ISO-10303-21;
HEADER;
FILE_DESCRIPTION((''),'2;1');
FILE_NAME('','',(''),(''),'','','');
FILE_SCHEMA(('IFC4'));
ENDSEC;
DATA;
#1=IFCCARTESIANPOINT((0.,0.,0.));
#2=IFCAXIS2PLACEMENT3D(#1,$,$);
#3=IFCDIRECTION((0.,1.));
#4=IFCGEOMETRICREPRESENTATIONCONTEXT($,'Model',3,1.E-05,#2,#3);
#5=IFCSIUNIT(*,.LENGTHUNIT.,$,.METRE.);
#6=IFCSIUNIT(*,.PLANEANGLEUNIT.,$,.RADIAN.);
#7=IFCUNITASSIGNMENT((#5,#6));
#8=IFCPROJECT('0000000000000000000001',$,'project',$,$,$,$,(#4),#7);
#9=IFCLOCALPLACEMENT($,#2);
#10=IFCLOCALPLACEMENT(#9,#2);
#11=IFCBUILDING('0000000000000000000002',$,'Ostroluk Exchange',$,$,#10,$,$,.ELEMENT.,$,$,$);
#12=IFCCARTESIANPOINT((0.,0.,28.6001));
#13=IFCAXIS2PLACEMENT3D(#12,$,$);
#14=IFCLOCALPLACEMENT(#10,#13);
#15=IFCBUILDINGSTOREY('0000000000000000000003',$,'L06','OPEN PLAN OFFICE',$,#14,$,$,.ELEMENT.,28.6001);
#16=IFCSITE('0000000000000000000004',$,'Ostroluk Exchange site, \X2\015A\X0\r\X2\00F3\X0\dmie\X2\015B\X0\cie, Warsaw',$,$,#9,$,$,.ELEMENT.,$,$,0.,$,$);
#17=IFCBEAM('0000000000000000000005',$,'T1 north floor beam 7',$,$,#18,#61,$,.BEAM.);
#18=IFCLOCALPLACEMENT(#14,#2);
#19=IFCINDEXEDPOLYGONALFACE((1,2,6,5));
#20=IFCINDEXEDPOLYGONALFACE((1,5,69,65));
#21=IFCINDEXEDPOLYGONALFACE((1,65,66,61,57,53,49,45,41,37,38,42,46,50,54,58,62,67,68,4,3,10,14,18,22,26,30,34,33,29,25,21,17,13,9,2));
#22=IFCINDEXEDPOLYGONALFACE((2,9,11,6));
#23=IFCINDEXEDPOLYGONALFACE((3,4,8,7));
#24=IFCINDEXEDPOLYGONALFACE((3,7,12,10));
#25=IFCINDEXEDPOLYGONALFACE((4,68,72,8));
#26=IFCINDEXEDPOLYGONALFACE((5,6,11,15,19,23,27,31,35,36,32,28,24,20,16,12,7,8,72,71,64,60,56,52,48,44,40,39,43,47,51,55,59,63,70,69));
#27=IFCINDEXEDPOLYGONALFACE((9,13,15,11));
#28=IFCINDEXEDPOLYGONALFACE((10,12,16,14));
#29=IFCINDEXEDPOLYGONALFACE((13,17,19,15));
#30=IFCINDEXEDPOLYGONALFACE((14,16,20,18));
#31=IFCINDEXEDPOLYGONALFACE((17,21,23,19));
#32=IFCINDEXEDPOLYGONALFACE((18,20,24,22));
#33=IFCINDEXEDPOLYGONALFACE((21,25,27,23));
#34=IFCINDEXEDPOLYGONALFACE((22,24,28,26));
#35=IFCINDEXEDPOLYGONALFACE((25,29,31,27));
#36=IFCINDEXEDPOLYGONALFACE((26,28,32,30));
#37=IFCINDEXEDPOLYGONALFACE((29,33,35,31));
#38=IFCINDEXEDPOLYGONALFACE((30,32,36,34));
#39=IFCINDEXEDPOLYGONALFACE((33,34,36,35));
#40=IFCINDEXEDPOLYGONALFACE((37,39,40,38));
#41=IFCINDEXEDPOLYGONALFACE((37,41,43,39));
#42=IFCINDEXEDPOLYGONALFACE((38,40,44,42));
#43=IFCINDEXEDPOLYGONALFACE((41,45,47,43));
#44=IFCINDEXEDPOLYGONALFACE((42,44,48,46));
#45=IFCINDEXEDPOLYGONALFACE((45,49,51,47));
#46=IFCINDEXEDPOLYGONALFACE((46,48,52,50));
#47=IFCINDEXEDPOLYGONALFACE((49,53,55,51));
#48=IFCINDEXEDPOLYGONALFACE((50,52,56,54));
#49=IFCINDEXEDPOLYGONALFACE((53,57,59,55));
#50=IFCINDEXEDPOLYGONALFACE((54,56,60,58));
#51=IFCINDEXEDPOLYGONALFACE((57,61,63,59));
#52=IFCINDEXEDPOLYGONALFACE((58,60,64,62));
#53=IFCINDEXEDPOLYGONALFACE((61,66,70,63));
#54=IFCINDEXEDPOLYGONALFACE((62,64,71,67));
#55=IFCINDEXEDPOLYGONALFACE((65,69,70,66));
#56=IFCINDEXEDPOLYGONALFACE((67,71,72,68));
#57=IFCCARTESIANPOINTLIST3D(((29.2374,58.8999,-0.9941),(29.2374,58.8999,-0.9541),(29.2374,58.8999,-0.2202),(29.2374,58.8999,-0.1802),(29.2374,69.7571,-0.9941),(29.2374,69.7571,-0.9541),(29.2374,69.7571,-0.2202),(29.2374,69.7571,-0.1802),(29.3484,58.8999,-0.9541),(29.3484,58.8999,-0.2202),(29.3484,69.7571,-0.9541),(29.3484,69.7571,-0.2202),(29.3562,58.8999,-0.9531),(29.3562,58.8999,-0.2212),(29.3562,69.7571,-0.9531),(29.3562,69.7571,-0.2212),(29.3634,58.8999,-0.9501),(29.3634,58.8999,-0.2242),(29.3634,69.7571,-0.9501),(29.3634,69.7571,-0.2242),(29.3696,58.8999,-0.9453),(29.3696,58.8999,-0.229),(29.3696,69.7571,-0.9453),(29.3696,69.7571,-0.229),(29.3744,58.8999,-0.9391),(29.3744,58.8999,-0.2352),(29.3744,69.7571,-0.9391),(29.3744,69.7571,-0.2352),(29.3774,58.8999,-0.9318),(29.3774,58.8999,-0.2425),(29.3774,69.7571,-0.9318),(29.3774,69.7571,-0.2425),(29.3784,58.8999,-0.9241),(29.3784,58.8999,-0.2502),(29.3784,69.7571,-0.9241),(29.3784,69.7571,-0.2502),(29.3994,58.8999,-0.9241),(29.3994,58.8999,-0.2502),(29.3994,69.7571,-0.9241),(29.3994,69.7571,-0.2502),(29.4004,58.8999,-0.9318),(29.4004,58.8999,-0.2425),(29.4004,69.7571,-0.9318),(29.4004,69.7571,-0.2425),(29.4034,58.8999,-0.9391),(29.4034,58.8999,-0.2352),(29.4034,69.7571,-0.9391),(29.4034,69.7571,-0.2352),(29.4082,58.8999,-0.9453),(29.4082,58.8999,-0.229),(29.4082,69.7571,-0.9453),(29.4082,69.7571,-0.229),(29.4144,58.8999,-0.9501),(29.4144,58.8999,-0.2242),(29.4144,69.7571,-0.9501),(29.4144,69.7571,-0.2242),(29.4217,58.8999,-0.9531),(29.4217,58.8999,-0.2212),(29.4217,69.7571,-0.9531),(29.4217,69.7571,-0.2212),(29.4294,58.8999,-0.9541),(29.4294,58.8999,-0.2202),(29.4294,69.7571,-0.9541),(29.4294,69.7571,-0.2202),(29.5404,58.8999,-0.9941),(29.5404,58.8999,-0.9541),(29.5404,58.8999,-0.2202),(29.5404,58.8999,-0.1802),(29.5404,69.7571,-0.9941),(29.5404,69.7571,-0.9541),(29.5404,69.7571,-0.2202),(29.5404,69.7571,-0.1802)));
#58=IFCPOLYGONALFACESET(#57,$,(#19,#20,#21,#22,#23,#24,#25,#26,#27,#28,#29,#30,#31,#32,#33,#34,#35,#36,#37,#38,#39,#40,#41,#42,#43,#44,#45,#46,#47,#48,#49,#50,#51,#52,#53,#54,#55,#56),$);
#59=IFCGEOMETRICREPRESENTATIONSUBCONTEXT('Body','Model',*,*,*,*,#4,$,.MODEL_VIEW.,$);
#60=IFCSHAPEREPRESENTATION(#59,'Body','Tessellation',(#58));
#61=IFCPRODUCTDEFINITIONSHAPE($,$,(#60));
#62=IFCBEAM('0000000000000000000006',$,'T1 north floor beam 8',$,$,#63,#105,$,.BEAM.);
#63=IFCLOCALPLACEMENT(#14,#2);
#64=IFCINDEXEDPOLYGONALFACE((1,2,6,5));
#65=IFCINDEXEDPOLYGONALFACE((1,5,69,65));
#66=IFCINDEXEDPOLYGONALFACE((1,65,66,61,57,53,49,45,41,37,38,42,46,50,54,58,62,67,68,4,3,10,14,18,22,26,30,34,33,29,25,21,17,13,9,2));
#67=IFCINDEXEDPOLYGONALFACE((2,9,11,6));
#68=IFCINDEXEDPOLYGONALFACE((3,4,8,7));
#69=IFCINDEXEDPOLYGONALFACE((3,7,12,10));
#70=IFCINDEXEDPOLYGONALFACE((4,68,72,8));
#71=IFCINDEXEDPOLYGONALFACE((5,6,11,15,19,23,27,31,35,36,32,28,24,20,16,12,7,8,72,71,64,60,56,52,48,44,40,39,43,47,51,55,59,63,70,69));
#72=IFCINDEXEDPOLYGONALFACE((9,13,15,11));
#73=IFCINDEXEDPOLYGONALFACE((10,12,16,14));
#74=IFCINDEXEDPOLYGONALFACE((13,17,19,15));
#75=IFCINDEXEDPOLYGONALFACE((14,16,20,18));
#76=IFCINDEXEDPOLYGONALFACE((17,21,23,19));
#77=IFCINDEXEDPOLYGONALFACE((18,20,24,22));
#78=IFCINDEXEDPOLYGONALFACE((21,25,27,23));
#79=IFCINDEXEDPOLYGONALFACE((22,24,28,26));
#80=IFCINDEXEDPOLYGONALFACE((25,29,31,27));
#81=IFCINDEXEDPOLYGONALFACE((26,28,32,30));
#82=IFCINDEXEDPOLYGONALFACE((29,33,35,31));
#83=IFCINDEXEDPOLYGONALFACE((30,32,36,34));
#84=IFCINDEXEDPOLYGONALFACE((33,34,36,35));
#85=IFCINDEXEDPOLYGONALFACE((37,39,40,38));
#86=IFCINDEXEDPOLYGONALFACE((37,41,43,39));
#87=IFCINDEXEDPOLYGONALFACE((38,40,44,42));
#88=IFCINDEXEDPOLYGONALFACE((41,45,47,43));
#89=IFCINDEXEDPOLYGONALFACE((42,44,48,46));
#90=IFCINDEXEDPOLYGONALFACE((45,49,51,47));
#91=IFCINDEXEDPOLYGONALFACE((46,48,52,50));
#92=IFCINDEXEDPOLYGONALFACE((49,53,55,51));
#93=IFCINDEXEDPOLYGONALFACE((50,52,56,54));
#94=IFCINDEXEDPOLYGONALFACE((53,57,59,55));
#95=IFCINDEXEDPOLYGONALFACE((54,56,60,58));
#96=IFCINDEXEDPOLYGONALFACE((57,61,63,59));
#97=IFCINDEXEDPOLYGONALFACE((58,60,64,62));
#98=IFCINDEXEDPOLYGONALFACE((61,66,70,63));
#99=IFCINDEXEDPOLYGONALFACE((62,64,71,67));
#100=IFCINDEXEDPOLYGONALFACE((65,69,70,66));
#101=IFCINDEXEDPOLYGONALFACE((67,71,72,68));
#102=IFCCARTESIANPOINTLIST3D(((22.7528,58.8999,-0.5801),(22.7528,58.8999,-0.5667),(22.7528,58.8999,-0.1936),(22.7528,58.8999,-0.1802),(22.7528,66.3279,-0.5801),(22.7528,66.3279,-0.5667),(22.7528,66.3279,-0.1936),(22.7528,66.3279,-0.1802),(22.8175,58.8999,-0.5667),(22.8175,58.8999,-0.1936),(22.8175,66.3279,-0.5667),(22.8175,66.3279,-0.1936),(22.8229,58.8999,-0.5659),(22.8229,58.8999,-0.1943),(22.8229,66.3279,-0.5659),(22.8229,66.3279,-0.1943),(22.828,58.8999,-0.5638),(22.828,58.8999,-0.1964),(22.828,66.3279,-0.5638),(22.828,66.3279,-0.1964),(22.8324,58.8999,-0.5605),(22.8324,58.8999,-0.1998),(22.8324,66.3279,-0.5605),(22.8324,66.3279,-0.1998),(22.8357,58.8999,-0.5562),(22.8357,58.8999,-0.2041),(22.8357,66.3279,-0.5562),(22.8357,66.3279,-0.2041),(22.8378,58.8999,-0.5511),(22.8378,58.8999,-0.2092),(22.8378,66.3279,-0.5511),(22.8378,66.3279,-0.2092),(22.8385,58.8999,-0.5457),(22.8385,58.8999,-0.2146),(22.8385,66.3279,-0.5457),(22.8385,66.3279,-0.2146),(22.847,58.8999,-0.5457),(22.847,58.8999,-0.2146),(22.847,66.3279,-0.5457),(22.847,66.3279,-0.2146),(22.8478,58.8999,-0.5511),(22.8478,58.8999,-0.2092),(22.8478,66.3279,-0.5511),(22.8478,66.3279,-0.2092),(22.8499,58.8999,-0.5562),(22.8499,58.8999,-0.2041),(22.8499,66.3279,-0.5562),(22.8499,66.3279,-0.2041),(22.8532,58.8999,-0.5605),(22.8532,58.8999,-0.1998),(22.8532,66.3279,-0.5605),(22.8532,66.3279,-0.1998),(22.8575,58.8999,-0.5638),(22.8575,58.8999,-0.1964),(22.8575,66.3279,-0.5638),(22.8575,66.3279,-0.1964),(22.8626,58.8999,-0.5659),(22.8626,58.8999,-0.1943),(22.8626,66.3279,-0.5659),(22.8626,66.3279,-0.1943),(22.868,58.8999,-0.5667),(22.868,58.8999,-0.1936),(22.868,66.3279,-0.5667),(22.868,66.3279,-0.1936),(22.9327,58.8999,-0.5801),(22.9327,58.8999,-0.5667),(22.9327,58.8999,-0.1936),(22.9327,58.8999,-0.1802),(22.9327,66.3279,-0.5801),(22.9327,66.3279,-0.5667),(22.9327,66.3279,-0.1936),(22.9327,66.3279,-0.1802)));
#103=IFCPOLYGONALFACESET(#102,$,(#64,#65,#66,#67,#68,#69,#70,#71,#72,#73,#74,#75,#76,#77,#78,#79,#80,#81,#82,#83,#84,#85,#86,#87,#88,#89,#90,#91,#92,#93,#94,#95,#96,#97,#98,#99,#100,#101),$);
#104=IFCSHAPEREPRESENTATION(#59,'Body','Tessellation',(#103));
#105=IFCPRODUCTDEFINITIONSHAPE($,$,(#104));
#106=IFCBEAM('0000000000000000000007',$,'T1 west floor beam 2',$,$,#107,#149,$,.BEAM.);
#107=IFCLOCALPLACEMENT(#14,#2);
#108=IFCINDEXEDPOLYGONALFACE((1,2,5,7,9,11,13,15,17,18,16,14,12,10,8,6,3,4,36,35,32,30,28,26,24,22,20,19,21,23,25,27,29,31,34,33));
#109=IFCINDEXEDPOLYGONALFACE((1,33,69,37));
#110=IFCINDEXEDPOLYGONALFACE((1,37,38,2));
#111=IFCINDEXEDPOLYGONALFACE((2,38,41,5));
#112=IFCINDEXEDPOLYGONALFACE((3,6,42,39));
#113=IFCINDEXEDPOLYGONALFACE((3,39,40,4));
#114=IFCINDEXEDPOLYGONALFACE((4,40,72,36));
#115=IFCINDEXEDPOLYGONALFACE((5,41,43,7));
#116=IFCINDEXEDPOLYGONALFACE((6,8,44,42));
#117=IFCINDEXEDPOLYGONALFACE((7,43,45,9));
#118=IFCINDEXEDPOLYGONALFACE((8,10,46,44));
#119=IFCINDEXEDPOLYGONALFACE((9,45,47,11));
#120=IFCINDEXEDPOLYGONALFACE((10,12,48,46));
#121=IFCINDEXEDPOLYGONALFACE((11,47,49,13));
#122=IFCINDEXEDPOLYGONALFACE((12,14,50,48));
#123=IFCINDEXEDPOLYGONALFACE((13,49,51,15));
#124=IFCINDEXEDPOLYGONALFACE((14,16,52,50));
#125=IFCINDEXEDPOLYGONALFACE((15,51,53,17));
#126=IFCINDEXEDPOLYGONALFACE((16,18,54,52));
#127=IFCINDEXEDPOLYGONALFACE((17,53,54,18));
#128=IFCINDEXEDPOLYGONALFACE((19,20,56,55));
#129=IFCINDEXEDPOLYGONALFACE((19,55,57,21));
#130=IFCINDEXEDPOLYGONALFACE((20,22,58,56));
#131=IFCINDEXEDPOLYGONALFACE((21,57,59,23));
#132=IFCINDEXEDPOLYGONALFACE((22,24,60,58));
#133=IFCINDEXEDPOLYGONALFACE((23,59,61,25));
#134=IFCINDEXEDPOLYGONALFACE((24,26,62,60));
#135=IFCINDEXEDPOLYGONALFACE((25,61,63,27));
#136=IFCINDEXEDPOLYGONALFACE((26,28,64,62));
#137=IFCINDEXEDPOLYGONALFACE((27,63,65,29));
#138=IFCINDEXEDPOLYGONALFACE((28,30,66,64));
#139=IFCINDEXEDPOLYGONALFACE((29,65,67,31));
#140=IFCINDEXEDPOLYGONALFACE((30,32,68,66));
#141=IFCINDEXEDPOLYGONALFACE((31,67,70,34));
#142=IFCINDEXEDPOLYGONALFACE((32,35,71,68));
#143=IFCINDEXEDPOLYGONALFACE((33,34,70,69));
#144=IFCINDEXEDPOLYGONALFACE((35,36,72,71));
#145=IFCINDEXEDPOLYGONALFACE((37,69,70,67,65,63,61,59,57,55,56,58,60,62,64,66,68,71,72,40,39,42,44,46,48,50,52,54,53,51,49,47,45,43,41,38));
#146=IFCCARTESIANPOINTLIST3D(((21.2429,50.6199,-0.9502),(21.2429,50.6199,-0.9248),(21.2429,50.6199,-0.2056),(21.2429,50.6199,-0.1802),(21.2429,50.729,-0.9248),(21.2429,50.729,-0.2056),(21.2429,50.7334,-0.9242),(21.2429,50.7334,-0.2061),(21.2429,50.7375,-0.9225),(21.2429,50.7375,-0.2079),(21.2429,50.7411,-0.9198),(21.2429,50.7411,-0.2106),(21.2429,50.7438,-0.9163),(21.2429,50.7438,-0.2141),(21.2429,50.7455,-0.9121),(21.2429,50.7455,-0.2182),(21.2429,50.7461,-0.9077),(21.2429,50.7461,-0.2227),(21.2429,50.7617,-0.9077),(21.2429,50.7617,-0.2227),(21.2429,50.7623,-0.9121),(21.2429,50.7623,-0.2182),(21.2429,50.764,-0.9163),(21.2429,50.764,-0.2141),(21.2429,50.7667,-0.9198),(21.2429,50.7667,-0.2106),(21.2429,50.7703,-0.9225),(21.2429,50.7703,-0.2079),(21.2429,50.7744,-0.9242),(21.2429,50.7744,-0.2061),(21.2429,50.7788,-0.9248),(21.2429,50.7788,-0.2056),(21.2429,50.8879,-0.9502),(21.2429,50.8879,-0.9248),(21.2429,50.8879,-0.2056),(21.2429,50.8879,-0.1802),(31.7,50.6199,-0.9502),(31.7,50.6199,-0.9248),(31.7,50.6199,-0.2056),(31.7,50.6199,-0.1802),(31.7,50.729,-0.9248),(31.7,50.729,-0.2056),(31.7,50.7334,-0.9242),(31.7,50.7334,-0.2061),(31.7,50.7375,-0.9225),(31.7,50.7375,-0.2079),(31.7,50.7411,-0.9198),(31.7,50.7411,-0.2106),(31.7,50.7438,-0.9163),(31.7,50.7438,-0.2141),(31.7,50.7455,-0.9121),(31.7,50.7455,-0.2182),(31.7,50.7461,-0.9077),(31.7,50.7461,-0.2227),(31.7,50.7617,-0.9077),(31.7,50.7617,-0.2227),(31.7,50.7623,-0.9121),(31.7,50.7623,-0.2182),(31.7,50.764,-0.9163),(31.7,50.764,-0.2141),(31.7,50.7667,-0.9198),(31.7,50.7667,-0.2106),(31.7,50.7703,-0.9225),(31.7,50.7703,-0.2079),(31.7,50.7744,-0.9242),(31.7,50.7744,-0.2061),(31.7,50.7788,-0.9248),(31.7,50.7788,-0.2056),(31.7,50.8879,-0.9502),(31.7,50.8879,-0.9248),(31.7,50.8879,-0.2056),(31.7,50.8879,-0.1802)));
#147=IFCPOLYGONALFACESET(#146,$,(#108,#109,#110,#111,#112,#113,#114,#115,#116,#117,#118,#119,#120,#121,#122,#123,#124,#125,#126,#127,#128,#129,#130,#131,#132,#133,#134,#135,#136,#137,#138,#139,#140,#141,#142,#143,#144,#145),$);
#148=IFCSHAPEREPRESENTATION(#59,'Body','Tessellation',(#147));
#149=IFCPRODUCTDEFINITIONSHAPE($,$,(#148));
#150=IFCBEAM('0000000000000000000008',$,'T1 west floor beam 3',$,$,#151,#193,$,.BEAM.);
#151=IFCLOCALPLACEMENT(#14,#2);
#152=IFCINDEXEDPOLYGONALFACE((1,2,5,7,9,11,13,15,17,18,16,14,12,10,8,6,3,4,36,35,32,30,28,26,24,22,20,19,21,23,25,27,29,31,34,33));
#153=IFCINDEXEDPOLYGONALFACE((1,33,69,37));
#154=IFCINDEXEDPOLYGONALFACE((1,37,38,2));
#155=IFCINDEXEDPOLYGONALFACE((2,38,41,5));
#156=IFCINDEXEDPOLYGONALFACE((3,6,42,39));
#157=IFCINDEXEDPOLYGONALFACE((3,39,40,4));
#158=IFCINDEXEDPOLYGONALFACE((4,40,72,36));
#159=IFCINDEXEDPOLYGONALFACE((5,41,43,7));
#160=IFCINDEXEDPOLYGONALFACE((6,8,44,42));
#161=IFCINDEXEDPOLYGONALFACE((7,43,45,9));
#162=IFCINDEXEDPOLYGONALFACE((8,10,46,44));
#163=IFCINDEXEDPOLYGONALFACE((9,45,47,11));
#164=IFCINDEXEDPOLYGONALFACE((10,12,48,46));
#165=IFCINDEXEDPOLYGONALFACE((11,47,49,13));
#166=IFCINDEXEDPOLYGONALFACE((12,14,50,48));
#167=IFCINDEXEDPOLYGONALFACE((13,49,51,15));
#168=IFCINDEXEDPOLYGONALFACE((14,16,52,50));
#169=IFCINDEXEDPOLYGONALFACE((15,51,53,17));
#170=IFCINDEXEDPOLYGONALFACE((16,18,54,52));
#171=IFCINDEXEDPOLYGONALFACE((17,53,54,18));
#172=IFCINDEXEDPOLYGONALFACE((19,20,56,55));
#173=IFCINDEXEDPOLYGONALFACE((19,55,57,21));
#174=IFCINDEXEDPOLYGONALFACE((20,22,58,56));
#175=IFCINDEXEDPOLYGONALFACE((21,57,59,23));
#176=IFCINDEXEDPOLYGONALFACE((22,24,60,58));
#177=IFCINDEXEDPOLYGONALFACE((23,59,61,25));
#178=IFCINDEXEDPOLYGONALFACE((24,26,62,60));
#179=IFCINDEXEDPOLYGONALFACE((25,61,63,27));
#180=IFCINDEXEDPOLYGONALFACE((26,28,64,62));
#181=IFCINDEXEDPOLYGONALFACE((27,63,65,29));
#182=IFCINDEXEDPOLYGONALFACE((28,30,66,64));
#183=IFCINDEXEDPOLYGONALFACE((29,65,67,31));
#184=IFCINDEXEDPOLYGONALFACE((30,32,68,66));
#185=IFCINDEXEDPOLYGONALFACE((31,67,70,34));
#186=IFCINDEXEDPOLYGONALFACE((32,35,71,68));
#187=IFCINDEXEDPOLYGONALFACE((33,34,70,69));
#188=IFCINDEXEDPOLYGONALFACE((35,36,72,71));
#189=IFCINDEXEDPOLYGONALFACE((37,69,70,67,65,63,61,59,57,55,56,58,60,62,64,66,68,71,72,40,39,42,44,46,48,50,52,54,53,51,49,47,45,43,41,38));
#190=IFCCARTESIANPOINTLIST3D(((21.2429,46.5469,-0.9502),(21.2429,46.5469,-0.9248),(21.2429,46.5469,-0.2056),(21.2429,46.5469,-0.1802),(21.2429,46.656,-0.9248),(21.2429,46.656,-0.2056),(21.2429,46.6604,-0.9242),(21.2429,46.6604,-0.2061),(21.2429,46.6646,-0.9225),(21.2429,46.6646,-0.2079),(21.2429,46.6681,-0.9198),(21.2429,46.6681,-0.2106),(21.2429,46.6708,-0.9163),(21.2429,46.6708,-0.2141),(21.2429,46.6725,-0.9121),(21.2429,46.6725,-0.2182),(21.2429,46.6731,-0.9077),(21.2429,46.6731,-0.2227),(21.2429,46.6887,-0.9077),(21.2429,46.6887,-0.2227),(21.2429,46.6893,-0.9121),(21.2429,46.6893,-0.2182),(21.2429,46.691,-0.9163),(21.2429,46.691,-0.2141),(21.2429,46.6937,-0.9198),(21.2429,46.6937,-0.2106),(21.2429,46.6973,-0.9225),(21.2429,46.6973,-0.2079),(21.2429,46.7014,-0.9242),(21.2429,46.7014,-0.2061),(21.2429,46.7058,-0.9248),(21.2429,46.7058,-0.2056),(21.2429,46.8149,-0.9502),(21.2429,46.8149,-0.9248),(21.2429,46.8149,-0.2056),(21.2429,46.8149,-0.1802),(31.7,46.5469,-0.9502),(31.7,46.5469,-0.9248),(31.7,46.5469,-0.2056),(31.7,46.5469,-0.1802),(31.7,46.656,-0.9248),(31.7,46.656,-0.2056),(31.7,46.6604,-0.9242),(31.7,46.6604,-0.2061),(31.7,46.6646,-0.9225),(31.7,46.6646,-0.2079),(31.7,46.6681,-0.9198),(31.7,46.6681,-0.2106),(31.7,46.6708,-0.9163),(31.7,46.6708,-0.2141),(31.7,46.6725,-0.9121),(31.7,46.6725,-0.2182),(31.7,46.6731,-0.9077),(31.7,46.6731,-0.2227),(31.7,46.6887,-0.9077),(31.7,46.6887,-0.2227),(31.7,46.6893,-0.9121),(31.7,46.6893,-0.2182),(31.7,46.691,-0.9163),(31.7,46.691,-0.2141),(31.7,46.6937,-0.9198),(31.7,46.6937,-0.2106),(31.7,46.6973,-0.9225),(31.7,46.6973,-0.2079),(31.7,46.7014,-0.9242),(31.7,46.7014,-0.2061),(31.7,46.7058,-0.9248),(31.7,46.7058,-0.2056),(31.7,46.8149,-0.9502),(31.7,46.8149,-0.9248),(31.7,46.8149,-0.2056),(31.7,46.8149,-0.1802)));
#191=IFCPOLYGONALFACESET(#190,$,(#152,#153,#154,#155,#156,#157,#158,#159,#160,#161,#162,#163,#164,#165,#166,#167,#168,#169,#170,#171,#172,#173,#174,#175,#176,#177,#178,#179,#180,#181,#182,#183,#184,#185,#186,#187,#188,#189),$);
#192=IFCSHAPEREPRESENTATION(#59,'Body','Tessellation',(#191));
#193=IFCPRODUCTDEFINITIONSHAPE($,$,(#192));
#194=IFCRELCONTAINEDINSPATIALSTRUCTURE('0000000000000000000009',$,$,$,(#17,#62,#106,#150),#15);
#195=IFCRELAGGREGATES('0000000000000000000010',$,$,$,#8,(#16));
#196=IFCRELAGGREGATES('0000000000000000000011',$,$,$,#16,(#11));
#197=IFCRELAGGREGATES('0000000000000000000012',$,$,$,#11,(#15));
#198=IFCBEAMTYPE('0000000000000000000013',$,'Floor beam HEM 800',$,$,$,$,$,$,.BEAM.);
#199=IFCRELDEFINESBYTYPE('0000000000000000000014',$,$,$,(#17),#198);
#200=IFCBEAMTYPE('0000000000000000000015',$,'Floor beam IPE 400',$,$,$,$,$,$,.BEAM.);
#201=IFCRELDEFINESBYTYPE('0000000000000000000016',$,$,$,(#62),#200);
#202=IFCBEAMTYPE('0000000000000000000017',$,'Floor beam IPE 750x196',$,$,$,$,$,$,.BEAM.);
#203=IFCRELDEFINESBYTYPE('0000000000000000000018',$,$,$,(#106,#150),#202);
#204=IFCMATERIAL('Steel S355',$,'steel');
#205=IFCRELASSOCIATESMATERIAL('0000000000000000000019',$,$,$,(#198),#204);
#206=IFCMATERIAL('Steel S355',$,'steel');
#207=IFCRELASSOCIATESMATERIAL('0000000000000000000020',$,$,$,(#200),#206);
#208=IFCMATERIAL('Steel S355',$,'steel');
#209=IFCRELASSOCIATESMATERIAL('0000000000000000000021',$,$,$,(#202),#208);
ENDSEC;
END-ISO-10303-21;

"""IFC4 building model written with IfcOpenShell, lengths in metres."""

from ifc_helpers import new_model, si_unit, direction, frame, origin, origin_2d, place, context, subcontext, project, spatial, i_section, extrude, material, material_profile, profile_set, type_object, element, save


model = new_model("IFC4")

# Units and contexts
model_context = context("Model", 3, precision=1e-05, world=origin(), true_north=direction((0.0, 1.0)))
body_context = subcontext(model_context, "Body", "Model", "MODEL_VIEW")
ifc_project = project(units=[si_unit("LENGTHUNIT", "METRE"), si_unit("PLANEANGLEUNIT", "RADIAN")], contexts=[model_context])

# Site, building, storey
site_placement = place(None, origin())
site = spatial("IfcSite", under=ifc_project, at=site_placement, Name="Ostroluk Exchange site, Śródmieście, Warsaw", CompositionType="ELEMENT", RefElevation=0.0)
building_placement = place(site_placement, origin())
building = spatial("IfcBuilding", under=site, at=building_placement, Name="Ostroluk Exchange", CompositionType="ELEMENT")
storey_placement = place(building_placement, frame((0.0, 0.0, 28.6001)))
storey = spatial("IfcBuildingStorey", under=building, at=storey_placement, Name="L06", Description="OPEN PLAN OFFICE", CompositionType="ELEMENT", Elevation=28.6001)

# Beams
ifc_material_1 = material(Name="Steel S355", Category="steel")
ifc_material_profile_1 = material_profile(ifc_material_1, i_section(OverallWidth=0.303, OverallDepth=0.814, WebThickness=0.021, FlangeThickness=0.04, FilletRadius=0.03, at=origin_2d()), Name="HEM 800")
ifc_profile_set_1 = profile_set([ifc_material_profile_1], Name="Steel S355")
beam_type_1 = type_object("IfcBeamType", Name="Floor beam HEM 800", PredefinedType="BEAM", material=ifc_profile_set_1)
beam_1_placement = place(storey_placement, frame((29.3889, 58.8999, -0.5872), z_axis=(0.0, 1.0, 0.0), x_axis=(-1.0, 0.0, 0.0)))
element("IfcBeam", 1, at=beam_1_placement, inside=storey, type_object=beam_type_1, Name="T1 north floor beam 7", PredefinedType="BEAM", context=body_context, shape_type="SweptSolid", body=[
    extrude(i_section(OverallWidth=0.303, OverallDepth=0.814, WebThickness=0.021, FlangeThickness=0.04, FilletRadius=0.03, at=origin_2d()), origin(), (0.0, 0.0, 1.0), 10.8572),
])
ifc_material_2 = material(Name="Steel S355", Category="steel")
ifc_material_profile_2 = material_profile(ifc_material_2, i_section(OverallWidth=0.1799, OverallDepth=0.3999, WebThickness=0.0085, FlangeThickness=0.0134, FilletRadius=0.021, at=origin_2d()), Name="IPE 400")
ifc_profile_set_2 = profile_set([ifc_material_profile_2], Name="Steel S355")
beam_type_2 = type_object("IfcBeamType", Name="Floor beam IPE 400", PredefinedType="BEAM", material=ifc_profile_set_2)
beam_2_placement = place(storey_placement, frame((22.8428, 58.8999, -0.3801), z_axis=(0.0, 1.0, 0.0), x_axis=(-1.0, 0.0, 0.0)))
element("IfcBeam", 2, at=beam_2_placement, inside=storey, type_object=beam_type_2, Name="T1 north floor beam 8", PredefinedType="BEAM", context=body_context, shape_type="SweptSolid", body=[
    extrude(i_section(OverallWidth=0.1799, OverallDepth=0.3999, WebThickness=0.0085, FlangeThickness=0.0134, FilletRadius=0.021, at=origin_2d()), origin(), (0.0, 0.0, 1.0), 7.428),
])
ifc_material_3 = material(Name="Steel S355", Category="steel")
ifc_material_profile_3 = material_profile(ifc_material_3, i_section(OverallWidth=0.2681, OverallDepth=0.77, WebThickness=0.0156, FlangeThickness=0.0254, FilletRadius=0.0171, at=origin_2d()), Name="IPE 750x196")
ifc_profile_set_3 = profile_set([ifc_material_profile_3], Name="Steel S355")
beam_type_3 = type_object("IfcBeamType", Name="Floor beam IPE 750x196", PredefinedType="BEAM", material=ifc_profile_set_3)
for number, where, z_axis, x_axis, name in (
    (3, (31.7, 50.7539, -0.5652), (-1.0, 0.0, 0.0), (0.0, -1.0, 0.0), "T1 west floor beam 2"),
    (4, (31.7, 46.6809, -0.5652), (-1.0, 0.0, 0.0), (0.0, -1.0, 0.0), "T1 west floor beam 3"),
):
    element("IfcBeam", number, at=place(storey_placement, frame(where, z_axis=z_axis, x_axis=x_axis)), inside=storey, type_object=beam_type_3, Name=name, PredefinedType="BEAM", context=body_context, shape_type="SweptSolid", body=[
        extrude(i_section(OverallWidth=0.2681, OverallDepth=0.77, WebThickness=0.0156, FlangeThickness=0.0254, FilletRadius=0.0171, at=origin_2d()), origin(), (0.0, 0.0, 1.0), 10.457),
    ])

save(model, "model.ifc")
